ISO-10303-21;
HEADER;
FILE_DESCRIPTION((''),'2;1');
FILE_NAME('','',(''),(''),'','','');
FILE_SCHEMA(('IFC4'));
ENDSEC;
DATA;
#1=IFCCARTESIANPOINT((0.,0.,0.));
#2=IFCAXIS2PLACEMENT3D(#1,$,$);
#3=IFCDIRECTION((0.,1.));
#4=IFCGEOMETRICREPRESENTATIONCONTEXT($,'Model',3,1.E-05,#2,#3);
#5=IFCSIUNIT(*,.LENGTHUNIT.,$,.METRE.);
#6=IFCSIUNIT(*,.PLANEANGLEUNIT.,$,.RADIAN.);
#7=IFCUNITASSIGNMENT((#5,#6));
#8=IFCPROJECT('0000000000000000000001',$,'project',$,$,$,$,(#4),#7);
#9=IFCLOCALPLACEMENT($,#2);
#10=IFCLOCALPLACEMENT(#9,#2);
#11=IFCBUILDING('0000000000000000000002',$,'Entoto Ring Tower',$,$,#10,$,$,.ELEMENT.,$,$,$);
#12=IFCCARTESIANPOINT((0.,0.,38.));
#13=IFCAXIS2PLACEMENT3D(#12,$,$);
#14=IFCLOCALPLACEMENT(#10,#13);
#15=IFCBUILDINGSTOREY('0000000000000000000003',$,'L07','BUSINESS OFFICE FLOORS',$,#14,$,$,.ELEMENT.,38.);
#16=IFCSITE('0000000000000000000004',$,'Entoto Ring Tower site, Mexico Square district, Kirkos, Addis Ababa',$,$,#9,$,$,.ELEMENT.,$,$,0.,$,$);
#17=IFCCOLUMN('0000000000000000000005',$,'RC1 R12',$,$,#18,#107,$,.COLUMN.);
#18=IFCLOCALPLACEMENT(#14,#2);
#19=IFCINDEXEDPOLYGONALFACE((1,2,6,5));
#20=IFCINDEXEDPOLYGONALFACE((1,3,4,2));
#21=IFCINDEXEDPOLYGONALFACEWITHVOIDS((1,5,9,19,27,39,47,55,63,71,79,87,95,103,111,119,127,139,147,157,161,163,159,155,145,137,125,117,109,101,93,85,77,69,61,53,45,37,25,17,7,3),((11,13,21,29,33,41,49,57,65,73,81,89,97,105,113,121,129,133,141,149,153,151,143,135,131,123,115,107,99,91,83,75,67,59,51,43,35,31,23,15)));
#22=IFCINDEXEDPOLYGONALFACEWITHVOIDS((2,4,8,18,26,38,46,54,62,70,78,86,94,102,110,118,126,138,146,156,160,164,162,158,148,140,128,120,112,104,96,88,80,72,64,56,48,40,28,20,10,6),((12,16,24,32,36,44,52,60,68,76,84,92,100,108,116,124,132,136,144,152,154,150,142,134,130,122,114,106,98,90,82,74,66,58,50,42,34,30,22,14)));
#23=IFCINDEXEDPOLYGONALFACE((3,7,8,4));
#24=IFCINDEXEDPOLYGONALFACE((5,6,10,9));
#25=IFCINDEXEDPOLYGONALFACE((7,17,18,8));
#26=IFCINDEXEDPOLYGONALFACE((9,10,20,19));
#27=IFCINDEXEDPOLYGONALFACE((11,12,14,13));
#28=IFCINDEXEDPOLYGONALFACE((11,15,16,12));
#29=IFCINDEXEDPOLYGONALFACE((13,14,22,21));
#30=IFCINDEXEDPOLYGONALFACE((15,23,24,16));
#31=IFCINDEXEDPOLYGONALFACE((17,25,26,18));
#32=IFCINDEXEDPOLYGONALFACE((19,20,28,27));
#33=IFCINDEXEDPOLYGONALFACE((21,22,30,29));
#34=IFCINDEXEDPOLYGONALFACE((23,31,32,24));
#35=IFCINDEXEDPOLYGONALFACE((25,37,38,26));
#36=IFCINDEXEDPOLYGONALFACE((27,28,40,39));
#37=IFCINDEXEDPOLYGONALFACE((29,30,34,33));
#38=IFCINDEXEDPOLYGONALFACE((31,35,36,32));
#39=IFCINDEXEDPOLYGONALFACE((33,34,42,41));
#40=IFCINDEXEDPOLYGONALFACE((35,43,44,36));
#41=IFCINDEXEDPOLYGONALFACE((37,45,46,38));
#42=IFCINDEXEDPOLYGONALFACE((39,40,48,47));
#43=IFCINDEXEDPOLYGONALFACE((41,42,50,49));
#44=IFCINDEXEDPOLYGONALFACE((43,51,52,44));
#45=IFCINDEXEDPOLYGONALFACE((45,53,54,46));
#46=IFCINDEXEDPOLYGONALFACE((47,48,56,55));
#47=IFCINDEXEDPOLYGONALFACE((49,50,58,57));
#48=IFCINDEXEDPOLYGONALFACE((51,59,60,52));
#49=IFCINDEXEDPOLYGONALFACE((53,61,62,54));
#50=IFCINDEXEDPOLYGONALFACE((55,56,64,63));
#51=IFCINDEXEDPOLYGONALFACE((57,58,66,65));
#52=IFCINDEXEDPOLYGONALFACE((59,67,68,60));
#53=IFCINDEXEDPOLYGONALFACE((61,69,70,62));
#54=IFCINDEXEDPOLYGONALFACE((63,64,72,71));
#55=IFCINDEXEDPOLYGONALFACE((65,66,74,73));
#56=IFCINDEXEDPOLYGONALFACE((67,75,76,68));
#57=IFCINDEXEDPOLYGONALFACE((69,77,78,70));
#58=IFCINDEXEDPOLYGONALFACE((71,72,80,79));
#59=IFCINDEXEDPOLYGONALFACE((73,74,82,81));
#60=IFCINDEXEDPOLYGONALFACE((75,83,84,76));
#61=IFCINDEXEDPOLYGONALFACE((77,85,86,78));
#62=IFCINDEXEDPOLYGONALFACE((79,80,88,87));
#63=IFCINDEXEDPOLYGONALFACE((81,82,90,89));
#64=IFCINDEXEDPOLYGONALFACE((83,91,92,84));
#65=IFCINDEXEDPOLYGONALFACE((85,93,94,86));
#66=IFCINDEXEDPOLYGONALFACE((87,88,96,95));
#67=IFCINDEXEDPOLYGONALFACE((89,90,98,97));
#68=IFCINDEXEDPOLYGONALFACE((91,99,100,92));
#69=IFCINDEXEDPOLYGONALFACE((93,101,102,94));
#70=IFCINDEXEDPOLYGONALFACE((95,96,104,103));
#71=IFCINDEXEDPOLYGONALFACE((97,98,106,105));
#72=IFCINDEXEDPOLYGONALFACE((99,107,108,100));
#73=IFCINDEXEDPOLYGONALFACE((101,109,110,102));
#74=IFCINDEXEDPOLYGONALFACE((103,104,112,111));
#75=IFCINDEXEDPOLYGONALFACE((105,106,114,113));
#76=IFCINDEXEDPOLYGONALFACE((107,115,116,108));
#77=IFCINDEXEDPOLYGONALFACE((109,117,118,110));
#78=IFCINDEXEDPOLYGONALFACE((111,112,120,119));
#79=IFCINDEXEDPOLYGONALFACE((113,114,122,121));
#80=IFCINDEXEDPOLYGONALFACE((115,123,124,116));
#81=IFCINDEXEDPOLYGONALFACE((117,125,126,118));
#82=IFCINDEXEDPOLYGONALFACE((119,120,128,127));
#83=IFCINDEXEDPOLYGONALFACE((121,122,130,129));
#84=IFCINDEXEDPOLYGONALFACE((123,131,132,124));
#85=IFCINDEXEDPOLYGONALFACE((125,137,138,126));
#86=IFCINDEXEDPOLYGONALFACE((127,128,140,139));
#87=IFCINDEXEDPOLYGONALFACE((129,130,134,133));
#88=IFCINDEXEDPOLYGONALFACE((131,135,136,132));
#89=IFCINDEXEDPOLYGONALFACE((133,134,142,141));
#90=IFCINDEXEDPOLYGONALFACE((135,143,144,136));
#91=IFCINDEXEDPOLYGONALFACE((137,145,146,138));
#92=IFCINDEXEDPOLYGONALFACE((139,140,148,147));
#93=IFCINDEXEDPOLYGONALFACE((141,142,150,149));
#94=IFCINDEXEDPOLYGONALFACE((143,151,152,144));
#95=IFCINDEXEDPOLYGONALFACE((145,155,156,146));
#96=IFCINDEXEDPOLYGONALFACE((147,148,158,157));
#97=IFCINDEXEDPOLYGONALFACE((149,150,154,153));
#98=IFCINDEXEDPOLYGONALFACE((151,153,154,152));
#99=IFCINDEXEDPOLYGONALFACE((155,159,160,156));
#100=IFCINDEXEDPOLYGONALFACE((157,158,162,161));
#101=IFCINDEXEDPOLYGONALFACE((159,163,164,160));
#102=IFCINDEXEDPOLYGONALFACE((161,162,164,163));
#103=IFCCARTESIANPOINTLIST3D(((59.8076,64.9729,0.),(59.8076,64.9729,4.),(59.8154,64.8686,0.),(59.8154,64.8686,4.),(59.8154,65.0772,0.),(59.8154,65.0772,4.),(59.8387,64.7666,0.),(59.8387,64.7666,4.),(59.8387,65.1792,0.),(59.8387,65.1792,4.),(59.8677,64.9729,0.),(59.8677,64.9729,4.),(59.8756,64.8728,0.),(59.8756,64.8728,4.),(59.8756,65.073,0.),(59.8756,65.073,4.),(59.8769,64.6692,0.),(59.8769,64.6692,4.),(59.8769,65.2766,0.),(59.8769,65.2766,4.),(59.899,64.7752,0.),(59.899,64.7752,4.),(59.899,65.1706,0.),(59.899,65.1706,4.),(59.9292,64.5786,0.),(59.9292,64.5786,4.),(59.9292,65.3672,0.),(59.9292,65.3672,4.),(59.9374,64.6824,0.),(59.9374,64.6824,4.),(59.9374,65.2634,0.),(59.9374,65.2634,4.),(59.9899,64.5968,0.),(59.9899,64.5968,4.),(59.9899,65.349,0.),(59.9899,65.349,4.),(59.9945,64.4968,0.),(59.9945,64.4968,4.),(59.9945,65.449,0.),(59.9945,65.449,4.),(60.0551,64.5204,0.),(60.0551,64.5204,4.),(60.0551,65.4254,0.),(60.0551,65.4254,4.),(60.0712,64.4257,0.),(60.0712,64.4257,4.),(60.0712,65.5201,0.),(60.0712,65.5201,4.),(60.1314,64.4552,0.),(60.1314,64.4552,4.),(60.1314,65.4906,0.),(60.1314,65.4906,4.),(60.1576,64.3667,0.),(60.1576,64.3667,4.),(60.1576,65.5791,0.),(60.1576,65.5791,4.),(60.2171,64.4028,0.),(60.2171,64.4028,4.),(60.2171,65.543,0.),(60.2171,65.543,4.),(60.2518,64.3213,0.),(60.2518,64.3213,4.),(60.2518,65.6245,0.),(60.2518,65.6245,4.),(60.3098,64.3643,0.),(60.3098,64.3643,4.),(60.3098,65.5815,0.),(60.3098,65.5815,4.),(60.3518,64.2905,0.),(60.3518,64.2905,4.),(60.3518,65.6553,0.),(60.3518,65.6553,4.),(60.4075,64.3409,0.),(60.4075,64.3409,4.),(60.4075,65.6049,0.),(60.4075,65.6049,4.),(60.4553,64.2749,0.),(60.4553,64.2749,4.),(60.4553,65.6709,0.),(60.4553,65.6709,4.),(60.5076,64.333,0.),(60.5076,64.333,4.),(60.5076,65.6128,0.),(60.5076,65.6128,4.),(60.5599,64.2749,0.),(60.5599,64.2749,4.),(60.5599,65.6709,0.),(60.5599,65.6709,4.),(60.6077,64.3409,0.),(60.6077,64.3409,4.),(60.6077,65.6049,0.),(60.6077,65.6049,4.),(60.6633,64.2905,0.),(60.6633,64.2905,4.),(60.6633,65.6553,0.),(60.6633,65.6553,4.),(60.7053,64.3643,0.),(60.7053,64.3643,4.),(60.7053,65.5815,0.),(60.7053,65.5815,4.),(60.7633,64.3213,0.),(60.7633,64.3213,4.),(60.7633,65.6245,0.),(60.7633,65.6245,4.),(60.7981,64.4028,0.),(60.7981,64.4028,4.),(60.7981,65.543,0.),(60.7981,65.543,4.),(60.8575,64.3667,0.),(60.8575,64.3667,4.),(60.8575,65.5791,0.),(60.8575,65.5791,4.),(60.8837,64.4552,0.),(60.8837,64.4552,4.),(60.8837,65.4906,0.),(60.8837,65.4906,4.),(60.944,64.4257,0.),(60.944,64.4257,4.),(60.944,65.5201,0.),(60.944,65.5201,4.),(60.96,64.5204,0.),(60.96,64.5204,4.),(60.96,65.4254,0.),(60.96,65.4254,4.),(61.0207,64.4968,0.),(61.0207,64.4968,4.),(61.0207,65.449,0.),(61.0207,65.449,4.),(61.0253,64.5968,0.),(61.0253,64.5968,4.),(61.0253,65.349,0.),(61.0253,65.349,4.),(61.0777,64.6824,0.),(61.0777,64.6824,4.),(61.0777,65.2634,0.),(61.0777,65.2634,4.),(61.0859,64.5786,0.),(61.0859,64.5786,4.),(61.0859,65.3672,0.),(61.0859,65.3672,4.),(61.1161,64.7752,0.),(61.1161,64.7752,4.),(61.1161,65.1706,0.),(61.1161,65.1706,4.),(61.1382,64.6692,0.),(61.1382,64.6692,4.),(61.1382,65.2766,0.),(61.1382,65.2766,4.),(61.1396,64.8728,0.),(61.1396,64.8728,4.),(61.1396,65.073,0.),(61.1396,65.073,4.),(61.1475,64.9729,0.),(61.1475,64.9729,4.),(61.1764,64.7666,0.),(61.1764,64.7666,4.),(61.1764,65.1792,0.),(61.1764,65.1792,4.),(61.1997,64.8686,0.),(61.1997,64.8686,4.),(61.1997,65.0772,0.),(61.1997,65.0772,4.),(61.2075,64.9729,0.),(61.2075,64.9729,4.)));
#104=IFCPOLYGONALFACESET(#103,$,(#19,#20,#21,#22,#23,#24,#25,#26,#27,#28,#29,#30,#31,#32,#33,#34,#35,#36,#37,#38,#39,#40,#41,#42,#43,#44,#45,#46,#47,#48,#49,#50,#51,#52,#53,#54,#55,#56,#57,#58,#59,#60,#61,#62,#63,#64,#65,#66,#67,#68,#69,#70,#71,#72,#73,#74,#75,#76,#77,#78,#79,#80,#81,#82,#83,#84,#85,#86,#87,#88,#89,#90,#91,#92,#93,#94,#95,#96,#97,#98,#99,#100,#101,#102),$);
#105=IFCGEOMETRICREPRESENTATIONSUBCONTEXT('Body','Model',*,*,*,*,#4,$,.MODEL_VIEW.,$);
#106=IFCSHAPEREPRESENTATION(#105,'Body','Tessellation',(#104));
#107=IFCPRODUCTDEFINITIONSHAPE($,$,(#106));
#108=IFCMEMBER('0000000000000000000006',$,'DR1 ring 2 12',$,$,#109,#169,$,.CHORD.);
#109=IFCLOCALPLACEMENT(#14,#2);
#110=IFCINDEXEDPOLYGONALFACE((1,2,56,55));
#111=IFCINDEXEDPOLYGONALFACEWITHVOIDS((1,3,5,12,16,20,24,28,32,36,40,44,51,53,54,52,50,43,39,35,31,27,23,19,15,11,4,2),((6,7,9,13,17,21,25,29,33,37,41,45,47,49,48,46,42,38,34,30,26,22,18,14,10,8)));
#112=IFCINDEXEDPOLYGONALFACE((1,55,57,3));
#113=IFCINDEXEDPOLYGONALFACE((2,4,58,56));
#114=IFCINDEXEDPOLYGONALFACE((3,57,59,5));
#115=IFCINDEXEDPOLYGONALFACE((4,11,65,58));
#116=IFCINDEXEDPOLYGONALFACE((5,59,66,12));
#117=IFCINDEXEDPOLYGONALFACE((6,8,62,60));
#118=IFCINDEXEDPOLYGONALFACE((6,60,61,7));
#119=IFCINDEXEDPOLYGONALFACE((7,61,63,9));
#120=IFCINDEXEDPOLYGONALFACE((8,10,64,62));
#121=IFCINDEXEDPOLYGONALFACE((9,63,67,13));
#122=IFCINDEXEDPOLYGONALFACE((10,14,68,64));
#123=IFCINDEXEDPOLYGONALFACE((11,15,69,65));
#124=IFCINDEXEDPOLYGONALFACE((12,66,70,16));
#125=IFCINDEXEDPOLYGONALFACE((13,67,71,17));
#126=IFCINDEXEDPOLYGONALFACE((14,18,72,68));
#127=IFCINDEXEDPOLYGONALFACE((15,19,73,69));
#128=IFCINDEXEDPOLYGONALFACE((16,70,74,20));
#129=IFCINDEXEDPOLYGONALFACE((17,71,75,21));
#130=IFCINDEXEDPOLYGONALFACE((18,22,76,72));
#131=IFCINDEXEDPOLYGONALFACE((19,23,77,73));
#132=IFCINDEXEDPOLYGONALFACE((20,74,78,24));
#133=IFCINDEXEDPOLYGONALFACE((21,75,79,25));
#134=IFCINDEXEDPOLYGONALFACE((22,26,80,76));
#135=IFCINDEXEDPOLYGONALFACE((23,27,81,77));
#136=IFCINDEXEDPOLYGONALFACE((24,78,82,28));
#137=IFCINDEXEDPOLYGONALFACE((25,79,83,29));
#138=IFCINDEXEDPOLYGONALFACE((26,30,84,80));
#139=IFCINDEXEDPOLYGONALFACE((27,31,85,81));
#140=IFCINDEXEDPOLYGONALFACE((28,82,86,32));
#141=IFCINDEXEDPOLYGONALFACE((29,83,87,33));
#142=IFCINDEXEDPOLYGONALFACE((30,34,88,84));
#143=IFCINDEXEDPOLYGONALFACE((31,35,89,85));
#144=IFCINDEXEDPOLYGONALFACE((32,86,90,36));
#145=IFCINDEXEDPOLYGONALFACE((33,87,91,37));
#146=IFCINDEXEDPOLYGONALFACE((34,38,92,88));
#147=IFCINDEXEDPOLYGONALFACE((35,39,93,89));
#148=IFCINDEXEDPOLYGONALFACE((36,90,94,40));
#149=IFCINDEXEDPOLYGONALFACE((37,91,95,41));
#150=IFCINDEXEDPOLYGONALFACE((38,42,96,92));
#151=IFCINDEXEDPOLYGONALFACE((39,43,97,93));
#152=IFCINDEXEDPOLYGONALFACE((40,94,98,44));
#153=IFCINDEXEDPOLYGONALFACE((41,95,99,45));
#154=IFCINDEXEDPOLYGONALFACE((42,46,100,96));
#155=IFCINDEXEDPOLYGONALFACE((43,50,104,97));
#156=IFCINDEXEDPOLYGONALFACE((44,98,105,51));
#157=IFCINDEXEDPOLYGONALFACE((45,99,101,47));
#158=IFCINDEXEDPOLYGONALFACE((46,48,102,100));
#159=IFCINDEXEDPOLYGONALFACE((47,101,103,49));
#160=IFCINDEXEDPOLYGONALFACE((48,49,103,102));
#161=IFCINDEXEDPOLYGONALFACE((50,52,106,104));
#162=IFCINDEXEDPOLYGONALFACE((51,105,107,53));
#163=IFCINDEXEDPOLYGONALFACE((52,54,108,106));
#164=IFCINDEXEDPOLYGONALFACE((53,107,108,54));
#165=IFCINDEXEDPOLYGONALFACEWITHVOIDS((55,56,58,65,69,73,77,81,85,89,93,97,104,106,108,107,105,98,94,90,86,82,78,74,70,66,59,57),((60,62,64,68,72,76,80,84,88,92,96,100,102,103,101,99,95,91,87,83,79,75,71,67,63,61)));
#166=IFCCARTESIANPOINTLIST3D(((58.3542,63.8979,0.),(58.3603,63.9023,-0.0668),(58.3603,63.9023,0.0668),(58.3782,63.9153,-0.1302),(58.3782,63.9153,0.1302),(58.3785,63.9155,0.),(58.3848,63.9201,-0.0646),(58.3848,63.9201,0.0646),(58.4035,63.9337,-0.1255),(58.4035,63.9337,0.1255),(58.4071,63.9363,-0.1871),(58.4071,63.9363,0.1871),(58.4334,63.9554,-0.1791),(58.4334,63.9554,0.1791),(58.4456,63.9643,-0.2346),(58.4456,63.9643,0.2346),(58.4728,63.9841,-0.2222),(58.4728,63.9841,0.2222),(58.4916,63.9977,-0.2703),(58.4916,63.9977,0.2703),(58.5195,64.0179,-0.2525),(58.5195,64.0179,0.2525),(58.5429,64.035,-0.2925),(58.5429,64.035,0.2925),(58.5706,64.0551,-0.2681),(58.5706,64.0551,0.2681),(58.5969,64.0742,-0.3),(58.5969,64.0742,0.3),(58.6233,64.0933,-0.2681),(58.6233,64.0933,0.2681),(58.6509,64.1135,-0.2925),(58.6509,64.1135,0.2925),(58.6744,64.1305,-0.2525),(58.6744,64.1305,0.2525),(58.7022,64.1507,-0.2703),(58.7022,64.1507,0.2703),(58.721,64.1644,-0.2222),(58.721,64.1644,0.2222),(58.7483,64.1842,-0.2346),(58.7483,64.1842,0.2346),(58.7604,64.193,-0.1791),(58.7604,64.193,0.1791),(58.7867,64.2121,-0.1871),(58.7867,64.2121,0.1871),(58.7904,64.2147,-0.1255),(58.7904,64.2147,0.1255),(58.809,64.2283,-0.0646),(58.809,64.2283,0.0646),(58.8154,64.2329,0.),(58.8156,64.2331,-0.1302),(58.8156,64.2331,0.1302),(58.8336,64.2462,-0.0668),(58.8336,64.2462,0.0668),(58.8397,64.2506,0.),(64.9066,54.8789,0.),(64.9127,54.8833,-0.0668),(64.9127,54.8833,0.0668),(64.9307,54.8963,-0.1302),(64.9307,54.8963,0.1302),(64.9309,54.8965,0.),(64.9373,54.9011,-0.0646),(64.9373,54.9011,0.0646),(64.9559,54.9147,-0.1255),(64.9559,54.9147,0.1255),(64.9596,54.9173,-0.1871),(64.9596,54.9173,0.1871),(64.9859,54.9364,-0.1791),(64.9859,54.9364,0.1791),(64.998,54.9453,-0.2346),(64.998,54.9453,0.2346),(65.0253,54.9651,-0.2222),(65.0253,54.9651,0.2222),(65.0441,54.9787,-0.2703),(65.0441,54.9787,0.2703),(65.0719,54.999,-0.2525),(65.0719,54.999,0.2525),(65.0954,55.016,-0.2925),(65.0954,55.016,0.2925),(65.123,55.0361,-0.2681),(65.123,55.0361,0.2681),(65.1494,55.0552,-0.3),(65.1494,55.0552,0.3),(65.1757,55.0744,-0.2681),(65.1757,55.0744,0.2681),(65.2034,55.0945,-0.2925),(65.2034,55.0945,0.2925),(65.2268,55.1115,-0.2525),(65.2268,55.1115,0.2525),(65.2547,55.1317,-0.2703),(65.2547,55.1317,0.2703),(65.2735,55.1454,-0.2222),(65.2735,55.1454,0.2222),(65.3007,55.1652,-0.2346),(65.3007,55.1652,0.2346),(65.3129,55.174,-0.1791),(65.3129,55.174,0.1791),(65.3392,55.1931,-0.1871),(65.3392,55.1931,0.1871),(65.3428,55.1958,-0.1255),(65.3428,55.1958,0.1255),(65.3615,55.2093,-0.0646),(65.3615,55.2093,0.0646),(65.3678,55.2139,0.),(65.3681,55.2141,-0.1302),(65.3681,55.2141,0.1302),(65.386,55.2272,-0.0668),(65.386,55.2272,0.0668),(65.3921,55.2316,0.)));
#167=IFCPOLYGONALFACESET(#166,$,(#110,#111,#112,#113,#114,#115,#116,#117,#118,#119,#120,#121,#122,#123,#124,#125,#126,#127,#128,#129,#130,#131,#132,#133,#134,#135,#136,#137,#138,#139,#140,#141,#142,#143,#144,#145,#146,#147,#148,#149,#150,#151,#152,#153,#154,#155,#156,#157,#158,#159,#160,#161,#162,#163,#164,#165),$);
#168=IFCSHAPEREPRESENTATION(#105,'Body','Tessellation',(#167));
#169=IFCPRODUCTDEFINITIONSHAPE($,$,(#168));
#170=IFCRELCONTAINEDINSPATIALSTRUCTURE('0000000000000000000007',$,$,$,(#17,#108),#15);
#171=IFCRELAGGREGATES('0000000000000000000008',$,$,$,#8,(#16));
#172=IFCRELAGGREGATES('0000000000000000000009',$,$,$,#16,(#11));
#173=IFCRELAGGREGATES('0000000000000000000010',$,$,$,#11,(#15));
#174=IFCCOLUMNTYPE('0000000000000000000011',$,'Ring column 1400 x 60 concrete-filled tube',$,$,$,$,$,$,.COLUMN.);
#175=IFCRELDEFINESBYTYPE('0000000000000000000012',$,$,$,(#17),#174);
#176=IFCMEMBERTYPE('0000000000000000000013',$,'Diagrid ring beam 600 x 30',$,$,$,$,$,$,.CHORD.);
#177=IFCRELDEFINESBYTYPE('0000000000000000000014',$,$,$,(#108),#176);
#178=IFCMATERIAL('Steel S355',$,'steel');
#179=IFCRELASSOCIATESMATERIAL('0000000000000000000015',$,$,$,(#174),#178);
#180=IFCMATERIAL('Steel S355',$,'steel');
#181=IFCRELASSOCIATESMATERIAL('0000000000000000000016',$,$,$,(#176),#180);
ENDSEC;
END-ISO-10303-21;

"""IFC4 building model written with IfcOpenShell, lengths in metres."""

from ifc_helpers import new_model, si_unit, direction, frame, origin, origin_2d, place, context, subcontext, project, spatial, circle, hollow_circle, extrude, material, material_profile, profile_set, type_object, element, save


model = new_model("IFC4")

# Units and contexts
model_context = context("Model", 3, precision=1e-05, world=origin(), true_north=direction((0.0, 1.0)))
body_context = subcontext(model_context, "Body", "Model", "MODEL_VIEW")
ifc_project = project(units=[si_unit("LENGTHUNIT", "METRE"), si_unit("PLANEANGLEUNIT", "RADIAN")], contexts=[model_context])

# Site, building, storey
site_placement = place(None, origin())
site = spatial("IfcSite", under=ifc_project, at=site_placement, Name="Entoto Ring Tower site, Mexico Square district, Kirkos, Addis Ababa", CompositionType="ELEMENT", RefElevation=0.0)
building_placement = place(site_placement, origin())
building = spatial("IfcBuilding", under=site, at=building_placement, Name="Entoto Ring Tower", CompositionType="ELEMENT")
storey_placement = place(building_placement, frame((0.0, 0.0, 38.0)))
storey = spatial("IfcBuildingStorey", under=building, at=storey_placement, Name="L07", Description="BUSINESS OFFICE FLOORS", CompositionType="ELEMENT", Elevation=38.0)

# Column
ifc_material_1 = material(Name="Steel S355", Category="steel")
ifc_material_profile_1 = material_profile(ifc_material_1, hollow_circle(Radius=0.7, WallThickness=0.0601, at=origin_2d()), Name="CHS 1400 x 60")
ifc_material_2 = material(Name="Concrete C60/75", Category="concrete")
ifc_material_profile_2 = material_profile(ifc_material_2, circle(Radius=0.6399, at=origin_2d()), Name="Concrete C60/75 infill")
ifc_profile_set_1 = profile_set([ifc_material_profile_1, ifc_material_profile_2], Name="Steel S355")
column_type = type_object("IfcColumnType", Name="Ring column 1400 x 60 concrete-filled tube", PredefinedType="COLUMN", material=ifc_profile_set_1)
column_placement = place(storey_placement, frame((60.5076, 64.9729, 0.0), z_axis=(0.0, 0.0, 1.0), x_axis=(1.0, 0.0, 0.0)))
element("IfcColumn", 1, at=column_placement, inside=storey, type_object=column_type, Name="RC1 R12", PredefinedType="COLUMN", context=body_context, shape_type="SweptSolid", body=[
    extrude(hollow_circle(Radius=0.7, WallThickness=0.0601, at=origin_2d()), origin(), (0.0, 0.0, 1.0), 4.0),
])

# Member
ifc_material_3 = material(Name="Steel S355", Category="steel")
ifc_material_profile_3 = material_profile(ifc_material_3, hollow_circle(Radius=0.3, WallThickness=0.03, at=origin_2d()), Name="CHS 600 x 30")
ifc_material_4 = material(Name="Concrete C60/75", Category="concrete")
ifc_material_profile_4 = material_profile(ifc_material_4, circle(Radius=0.27, at=origin_2d()), Name="Concrete C60/75 infill")
ifc_profile_set_2 = profile_set([ifc_material_profile_3, ifc_material_profile_4], Name="Steel S355")
member_type = type_object("IfcMemberType", Name="Diagrid ring beam 600 x 30", PredefinedType="CHORD", material=ifc_profile_set_2)
member_placement = place(storey_placement, frame((58.5969, 64.0742, 0.0), z_axis=(0.587772, -0.809027, 0.0), x_axis=(0.809027, 0.587772, 0.0)))
element("IfcMember", 2, at=member_placement, inside=storey, type_object=member_type, Name="DR1 ring 2 12", PredefinedType="CHORD", context=body_context, shape_type="SweptSolid", body=[
    extrude(hollow_circle(Radius=0.3, WallThickness=0.03, at=origin_2d()), origin(), (0.0, 0.0, 1.0), 11.1479),
])

save(model, "model.ifc")
